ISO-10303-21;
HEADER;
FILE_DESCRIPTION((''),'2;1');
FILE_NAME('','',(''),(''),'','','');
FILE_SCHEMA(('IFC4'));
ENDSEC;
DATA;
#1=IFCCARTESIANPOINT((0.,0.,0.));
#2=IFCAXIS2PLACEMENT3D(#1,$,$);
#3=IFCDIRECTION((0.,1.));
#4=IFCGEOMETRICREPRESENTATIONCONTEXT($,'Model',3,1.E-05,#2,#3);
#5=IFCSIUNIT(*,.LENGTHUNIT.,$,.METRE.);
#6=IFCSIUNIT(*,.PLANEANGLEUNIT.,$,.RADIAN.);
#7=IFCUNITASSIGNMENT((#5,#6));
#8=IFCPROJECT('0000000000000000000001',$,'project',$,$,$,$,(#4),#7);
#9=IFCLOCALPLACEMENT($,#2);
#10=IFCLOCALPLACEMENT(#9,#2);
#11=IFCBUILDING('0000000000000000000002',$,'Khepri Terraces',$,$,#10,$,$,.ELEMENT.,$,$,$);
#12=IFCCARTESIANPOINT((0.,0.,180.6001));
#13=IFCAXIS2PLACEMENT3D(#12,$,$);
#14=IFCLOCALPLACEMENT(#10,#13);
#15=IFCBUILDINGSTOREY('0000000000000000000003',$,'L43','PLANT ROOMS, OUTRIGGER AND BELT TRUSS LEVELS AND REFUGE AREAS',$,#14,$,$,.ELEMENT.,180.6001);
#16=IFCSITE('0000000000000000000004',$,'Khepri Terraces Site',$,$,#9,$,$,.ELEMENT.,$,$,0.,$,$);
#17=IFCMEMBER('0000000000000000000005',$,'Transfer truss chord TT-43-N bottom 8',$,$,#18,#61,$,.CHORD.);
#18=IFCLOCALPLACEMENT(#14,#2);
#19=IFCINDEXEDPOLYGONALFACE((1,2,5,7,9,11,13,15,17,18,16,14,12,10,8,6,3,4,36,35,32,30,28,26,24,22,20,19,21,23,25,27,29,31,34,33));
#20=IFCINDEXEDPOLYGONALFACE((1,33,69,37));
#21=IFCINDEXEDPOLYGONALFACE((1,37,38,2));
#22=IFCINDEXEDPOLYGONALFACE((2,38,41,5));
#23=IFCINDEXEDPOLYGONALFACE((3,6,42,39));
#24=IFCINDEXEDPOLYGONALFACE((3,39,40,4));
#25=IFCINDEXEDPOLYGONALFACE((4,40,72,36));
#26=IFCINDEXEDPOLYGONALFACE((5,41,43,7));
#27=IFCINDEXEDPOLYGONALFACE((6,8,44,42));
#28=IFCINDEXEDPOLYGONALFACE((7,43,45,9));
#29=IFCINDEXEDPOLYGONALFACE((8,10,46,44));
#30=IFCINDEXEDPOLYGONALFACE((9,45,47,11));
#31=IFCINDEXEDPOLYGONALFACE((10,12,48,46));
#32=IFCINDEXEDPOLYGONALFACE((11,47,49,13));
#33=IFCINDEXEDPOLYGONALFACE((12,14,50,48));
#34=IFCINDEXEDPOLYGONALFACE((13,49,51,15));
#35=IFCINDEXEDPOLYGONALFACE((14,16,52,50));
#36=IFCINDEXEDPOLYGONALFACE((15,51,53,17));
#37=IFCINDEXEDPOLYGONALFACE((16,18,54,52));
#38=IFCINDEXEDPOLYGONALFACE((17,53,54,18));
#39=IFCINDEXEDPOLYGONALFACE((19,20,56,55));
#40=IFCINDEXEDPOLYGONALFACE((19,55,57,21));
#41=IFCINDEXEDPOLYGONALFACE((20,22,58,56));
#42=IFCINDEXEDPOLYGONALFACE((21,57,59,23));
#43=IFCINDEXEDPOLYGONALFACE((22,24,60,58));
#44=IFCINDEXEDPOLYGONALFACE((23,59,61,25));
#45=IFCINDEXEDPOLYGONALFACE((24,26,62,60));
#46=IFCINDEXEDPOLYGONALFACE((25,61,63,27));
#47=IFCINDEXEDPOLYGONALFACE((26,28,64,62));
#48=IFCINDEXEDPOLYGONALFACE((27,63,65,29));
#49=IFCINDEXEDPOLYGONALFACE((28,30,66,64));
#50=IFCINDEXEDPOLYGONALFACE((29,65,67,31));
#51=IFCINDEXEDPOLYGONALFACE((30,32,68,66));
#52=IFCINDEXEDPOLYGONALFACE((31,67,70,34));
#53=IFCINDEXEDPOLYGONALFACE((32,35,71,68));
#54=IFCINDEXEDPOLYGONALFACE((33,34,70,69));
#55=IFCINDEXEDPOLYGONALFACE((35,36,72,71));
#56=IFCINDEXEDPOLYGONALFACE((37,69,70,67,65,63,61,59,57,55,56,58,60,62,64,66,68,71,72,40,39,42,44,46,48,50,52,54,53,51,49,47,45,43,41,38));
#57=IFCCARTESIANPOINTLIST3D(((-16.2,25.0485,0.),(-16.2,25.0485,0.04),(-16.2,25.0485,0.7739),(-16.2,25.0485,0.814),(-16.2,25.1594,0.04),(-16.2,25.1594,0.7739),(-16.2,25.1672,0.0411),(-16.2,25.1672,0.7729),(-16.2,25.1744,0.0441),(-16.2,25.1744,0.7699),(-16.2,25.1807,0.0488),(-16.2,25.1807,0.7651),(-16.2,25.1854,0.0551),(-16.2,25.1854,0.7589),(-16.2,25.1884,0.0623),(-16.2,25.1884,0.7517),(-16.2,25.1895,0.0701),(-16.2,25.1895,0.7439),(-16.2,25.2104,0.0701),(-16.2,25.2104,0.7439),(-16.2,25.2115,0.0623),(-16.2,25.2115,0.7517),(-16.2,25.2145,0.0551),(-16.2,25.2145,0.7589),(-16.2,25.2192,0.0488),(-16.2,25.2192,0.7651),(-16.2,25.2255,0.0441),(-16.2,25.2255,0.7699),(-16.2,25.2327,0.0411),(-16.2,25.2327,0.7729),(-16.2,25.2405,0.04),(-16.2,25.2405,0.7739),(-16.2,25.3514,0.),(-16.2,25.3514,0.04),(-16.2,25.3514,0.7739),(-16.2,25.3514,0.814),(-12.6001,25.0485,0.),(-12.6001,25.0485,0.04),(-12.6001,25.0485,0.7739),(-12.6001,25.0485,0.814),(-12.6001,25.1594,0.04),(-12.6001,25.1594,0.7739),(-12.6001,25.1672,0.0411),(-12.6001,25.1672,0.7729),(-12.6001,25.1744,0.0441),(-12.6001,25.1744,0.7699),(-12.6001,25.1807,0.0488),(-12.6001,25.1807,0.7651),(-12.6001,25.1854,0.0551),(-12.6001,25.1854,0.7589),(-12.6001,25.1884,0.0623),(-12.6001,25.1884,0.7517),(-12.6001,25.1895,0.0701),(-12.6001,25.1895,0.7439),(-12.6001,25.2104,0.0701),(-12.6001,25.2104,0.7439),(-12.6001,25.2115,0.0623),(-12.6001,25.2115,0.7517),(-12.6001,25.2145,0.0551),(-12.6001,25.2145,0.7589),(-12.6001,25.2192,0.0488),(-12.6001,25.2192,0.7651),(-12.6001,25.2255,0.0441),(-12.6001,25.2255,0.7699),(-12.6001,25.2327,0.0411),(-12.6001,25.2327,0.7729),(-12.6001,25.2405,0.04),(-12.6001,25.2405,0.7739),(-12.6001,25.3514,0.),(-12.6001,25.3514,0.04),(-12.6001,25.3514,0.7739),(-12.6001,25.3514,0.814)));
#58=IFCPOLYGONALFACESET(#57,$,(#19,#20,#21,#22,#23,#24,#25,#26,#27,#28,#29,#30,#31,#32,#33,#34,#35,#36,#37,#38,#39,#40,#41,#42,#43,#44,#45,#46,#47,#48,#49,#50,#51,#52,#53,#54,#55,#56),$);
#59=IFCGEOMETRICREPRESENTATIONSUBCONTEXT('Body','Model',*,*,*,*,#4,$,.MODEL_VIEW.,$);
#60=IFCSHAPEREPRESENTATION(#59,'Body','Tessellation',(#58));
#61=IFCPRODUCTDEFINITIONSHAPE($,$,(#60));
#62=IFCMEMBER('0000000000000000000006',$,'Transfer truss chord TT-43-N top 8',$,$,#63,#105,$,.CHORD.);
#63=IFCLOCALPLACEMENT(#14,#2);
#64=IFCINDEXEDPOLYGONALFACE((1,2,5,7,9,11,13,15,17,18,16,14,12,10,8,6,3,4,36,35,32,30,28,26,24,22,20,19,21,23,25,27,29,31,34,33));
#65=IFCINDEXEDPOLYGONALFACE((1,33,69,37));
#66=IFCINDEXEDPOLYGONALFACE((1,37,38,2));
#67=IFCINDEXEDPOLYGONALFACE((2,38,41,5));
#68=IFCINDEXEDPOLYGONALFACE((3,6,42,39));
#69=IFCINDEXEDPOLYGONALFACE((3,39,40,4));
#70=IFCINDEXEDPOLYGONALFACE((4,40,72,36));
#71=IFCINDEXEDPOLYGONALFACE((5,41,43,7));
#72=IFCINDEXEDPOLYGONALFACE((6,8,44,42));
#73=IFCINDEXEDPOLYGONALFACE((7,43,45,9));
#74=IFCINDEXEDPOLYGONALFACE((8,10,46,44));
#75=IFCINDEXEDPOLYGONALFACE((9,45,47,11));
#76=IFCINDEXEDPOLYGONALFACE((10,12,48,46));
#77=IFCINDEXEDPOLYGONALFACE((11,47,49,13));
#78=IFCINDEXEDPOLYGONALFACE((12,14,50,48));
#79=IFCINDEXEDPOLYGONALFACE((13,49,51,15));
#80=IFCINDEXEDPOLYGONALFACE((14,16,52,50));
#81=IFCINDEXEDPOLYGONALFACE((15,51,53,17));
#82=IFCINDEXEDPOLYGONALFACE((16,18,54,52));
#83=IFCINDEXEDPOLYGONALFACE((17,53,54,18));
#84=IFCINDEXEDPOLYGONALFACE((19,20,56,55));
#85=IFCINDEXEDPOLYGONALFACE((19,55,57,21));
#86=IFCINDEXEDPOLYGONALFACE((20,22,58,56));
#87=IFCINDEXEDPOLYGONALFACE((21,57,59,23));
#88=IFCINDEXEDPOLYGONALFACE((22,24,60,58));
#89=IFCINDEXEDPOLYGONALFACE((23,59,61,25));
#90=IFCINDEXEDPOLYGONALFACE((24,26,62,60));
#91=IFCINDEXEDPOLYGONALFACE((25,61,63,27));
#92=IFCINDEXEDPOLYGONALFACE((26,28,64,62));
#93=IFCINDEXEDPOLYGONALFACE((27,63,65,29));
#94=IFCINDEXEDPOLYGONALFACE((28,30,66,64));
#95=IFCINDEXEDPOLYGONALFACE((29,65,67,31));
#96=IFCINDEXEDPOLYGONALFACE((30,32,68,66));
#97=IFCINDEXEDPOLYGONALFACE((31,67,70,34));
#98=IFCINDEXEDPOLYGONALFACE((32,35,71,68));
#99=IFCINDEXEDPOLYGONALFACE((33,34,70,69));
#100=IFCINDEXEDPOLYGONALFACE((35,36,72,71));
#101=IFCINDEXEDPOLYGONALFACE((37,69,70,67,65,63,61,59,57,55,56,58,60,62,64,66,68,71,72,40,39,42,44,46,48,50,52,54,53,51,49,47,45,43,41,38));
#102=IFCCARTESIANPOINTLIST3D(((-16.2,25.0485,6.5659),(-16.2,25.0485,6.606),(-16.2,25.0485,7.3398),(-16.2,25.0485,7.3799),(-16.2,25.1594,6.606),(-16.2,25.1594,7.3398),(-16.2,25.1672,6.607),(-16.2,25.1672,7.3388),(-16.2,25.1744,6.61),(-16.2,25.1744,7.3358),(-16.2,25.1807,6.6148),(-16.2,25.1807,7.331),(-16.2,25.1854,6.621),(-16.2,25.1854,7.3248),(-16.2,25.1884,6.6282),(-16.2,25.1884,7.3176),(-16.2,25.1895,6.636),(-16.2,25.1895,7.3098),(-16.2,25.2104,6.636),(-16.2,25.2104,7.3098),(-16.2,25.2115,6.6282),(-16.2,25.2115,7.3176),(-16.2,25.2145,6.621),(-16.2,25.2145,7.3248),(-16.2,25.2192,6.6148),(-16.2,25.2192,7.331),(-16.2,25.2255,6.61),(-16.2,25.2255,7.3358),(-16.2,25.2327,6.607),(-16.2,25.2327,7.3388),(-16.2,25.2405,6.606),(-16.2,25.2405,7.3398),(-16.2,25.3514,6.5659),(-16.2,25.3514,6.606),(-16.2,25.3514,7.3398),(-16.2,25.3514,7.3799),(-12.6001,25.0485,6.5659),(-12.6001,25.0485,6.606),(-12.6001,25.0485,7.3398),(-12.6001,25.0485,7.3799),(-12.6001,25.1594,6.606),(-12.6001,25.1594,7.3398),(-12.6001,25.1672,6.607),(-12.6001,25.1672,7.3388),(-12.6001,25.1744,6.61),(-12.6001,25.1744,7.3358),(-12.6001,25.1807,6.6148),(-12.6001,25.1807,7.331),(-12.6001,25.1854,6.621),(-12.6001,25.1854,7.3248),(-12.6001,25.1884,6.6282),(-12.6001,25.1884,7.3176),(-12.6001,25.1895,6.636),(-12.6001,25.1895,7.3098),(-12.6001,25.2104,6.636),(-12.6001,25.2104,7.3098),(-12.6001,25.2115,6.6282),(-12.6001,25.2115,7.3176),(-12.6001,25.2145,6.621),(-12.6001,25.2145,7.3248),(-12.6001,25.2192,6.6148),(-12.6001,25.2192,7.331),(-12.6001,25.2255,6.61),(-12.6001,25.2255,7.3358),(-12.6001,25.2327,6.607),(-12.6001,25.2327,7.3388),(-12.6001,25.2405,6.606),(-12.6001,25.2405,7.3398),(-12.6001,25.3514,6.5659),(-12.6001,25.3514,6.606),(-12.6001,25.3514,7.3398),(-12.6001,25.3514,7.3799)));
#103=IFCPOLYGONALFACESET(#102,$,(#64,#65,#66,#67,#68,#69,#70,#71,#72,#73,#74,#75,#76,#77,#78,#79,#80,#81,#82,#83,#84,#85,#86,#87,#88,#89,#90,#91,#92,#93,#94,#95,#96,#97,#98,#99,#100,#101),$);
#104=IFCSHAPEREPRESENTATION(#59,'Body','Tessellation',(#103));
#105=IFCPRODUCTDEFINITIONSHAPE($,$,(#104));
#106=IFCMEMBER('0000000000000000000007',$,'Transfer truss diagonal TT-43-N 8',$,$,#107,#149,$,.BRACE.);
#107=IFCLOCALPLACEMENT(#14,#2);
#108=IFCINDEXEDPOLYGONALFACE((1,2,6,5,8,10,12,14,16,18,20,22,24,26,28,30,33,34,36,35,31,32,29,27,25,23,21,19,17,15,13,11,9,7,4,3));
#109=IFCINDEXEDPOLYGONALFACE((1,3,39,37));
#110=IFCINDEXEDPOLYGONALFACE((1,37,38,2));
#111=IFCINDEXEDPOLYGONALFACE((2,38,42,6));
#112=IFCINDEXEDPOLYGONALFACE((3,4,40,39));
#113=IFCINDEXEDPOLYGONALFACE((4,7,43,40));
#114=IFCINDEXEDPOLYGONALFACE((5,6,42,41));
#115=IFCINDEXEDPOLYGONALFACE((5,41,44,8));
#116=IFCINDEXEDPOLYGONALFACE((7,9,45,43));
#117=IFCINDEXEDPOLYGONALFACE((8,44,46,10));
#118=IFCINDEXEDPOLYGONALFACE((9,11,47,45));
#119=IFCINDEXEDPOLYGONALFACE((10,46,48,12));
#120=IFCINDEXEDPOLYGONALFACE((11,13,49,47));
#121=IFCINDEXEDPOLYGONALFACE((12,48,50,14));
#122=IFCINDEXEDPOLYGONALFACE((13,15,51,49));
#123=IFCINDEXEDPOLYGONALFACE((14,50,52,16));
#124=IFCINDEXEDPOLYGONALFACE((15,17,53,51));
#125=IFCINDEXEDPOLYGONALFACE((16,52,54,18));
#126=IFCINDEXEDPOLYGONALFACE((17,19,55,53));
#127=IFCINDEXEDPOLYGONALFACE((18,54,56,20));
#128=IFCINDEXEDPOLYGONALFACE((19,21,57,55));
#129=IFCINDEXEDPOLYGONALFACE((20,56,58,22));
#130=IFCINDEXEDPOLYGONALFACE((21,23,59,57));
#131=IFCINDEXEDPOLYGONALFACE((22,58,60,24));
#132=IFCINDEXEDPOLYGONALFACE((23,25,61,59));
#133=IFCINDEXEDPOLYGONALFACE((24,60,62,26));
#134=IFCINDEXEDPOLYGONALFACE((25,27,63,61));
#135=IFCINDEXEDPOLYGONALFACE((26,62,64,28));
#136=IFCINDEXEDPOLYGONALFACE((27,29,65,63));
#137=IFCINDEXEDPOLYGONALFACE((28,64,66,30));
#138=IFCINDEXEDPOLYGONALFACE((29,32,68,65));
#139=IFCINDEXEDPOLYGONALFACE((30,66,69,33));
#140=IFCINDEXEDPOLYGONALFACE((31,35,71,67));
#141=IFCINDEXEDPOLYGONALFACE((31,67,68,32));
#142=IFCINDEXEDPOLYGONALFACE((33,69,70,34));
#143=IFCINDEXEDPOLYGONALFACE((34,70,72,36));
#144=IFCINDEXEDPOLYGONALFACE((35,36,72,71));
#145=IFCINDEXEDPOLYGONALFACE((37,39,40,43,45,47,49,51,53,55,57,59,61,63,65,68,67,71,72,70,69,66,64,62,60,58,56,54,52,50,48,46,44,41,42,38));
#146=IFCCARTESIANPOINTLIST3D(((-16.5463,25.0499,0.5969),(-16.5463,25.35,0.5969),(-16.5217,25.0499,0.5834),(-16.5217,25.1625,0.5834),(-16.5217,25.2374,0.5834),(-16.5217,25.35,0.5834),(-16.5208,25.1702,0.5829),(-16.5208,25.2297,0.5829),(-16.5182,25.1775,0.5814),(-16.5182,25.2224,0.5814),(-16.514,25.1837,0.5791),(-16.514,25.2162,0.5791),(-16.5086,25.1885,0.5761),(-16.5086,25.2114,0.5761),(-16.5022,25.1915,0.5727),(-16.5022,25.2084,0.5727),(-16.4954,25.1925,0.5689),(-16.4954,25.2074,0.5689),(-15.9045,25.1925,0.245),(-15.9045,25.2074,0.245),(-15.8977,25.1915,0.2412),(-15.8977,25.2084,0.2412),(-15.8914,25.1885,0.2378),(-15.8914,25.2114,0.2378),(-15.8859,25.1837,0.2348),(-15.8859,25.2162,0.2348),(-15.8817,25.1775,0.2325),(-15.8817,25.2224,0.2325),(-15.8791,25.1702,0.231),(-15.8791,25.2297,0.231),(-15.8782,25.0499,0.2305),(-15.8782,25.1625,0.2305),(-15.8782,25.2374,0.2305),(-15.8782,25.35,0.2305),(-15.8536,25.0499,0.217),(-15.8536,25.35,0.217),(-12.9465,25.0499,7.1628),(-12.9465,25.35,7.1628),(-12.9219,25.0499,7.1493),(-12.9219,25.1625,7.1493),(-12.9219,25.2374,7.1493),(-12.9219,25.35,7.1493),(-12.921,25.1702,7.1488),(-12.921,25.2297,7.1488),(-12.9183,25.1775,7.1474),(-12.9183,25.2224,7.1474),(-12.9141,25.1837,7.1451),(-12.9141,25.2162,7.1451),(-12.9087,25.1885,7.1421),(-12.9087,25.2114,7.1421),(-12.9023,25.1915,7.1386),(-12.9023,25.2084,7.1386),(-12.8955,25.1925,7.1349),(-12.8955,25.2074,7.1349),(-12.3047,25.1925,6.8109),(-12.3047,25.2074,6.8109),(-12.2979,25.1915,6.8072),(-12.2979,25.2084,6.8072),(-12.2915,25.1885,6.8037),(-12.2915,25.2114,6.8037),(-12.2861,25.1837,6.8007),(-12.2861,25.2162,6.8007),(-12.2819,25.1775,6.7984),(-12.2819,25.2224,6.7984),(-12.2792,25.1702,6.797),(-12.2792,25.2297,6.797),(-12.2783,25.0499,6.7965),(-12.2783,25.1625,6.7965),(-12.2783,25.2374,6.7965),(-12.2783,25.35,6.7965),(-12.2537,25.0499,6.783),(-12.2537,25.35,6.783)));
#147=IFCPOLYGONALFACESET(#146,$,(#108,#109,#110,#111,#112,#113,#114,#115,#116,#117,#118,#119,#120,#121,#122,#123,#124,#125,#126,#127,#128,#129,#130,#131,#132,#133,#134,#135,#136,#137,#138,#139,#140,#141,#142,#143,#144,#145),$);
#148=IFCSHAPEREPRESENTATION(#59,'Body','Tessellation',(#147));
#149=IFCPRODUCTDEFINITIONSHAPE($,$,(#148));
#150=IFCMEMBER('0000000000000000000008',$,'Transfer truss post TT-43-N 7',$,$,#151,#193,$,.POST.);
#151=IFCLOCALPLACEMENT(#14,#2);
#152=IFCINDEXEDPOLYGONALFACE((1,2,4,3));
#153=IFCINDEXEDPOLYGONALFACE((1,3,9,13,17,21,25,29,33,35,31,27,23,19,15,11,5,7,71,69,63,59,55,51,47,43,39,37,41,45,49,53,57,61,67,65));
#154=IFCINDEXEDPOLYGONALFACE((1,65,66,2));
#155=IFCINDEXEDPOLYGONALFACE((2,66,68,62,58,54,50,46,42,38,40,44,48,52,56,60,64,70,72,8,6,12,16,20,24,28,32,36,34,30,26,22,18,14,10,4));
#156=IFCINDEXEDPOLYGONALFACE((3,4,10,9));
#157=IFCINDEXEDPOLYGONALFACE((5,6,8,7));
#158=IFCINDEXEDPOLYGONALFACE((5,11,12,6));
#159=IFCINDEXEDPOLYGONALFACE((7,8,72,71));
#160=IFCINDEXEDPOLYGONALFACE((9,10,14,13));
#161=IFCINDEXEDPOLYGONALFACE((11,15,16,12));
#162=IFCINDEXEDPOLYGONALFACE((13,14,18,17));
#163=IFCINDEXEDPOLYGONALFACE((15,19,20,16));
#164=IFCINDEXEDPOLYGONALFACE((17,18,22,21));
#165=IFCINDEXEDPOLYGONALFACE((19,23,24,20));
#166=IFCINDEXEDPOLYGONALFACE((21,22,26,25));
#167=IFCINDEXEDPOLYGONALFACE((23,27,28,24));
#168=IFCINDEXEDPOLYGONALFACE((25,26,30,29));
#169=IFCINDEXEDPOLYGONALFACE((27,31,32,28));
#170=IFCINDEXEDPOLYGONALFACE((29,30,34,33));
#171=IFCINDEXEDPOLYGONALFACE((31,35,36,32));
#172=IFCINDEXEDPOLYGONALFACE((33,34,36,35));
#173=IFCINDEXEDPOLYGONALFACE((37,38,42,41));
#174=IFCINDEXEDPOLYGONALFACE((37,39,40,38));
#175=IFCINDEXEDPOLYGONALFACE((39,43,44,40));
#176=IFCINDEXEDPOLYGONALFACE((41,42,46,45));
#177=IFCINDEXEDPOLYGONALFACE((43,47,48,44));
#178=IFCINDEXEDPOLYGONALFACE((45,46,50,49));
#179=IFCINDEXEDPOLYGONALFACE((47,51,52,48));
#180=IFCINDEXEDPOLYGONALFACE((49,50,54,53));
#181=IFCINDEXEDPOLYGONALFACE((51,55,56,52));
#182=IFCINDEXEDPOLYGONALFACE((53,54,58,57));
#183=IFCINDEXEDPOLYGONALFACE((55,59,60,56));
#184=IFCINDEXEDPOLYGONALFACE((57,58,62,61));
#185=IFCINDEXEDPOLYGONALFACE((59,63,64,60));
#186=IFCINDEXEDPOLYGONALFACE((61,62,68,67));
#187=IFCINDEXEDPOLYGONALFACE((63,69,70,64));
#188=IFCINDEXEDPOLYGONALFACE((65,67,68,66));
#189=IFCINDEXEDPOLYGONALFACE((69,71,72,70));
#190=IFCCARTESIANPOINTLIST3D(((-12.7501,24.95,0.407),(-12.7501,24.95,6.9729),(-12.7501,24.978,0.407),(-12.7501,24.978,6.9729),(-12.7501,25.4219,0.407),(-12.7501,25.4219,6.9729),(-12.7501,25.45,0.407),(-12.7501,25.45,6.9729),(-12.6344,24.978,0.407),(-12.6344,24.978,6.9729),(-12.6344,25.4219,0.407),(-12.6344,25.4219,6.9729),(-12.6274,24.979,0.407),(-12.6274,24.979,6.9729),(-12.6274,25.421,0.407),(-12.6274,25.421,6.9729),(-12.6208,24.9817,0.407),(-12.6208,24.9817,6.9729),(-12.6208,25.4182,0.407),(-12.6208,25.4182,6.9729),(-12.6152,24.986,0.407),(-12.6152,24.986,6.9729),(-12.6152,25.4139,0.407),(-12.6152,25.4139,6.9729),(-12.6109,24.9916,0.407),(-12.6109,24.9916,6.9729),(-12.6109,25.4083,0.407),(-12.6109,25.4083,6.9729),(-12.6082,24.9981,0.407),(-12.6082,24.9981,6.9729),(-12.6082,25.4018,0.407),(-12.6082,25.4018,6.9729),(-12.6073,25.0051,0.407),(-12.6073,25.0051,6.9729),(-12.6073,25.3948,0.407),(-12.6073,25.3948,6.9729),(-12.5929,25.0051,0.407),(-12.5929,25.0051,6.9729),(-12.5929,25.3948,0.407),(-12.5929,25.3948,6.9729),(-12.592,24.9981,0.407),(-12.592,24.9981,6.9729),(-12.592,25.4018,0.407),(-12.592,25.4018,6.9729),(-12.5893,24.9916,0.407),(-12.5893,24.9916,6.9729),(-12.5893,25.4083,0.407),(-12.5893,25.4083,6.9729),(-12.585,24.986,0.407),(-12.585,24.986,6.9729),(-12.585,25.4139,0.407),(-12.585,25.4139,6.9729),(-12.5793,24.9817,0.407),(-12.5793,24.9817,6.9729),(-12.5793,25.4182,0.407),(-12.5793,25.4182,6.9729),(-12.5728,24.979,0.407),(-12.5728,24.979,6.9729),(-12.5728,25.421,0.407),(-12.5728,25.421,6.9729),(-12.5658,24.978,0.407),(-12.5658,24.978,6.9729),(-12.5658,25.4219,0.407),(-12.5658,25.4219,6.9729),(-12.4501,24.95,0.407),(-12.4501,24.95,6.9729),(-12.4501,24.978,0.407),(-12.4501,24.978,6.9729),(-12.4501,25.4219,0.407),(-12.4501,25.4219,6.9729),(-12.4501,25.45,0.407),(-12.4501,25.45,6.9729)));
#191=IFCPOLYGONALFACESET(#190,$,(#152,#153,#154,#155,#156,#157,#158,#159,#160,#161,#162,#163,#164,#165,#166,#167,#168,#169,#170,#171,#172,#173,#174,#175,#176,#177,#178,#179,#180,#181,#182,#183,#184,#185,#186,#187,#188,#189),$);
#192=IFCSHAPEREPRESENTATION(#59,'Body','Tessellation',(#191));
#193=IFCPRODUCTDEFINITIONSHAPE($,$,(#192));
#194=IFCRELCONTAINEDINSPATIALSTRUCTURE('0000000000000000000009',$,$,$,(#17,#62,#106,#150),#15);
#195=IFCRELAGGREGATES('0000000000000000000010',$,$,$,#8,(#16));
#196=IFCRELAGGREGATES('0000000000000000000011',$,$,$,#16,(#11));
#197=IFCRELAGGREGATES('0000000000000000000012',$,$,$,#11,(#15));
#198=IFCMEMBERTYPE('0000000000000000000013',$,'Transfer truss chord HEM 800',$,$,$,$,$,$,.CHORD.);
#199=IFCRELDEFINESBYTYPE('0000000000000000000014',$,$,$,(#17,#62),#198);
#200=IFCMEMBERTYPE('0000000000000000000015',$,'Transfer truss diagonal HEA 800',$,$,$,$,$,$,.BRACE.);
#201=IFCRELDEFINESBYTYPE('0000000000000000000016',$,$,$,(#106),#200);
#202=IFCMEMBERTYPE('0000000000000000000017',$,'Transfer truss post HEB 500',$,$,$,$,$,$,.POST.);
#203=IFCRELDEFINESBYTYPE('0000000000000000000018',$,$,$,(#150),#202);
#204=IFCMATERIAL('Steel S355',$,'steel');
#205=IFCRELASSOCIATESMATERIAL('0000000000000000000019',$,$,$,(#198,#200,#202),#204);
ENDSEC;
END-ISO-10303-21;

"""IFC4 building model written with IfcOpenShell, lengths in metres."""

from ifc_helpers import new_model, si_unit, direction, frame, origin, origin_2d, place, context, subcontext, project, spatial, i_section, extrude, material, material_profile, profile_set, type_object, element, save


model = new_model("IFC4")

# Units and contexts
model_context = context("Model", 3, precision=1e-05, world=origin(), true_north=direction((0.0, 1.0)))
body_context = subcontext(model_context, "Body", "Model", "MODEL_VIEW")
ifc_project = project(units=[si_unit("LENGTHUNIT", "METRE"), si_unit("PLANEANGLEUNIT", "RADIAN")], contexts=[model_context])

# Site, building, storey
site_placement = place(None, origin())
site = spatial("IfcSite", under=ifc_project, at=site_placement, Name="Khepri Terraces Site", CompositionType="ELEMENT", RefElevation=0.0)
building_placement = place(site_placement, origin())
building = spatial("IfcBuilding", under=site, at=building_placement, Name="Khepri Terraces", CompositionType="ELEMENT")
storey_placement = place(building_placement, frame((0.0, 0.0, 180.6001)))
storey = spatial("IfcBuildingStorey", under=building, at=storey_placement, Name="L43", Description="PLANT ROOMS, OUTRIGGER AND BELT TRUSS LEVELS AND REFUGE AREAS", CompositionType="ELEMENT", Elevation=180.6001)

# Members
ifc_material_1 = material(Name="Steel S355", Category="steel")
ifc_material_profile_1 = material_profile(ifc_material_1, i_section(OverallWidth=0.303, OverallDepth=0.814, WebThickness=0.021, FlangeThickness=0.04, FilletRadius=0.03, at=origin_2d()), Name="Steel S355", Category="steel")
ifc_profile_set_1 = profile_set([ifc_material_profile_1], Name="Steel S355")
member_type_1 = type_object("IfcMemberType", Name="Transfer truss chord HEM 800", PredefinedType="CHORD", material=ifc_profile_set_1)
for number, where, z_axis, x_axis, name in (
    (1, (-12.6001, 25.2, 0.407), (-1.0, 0.0, 0.0), (0.0, -1.0, 0.0), "Transfer truss chord TT-43-N bottom 8"),
    (2, (-12.6001, 25.2, 6.9729), (-1.0, 0.0, 0.0), (0.0, -1.0, 0.0), "Transfer truss chord TT-43-N top 8"),
):
    element("IfcMember", number, at=place(storey_placement, frame(where, z_axis=z_axis, x_axis=x_axis)), inside=storey, type_object=member_type_1, Name=name, PredefinedType="CHORD", context=body_context, shape_type="SweptSolid", body=[
        extrude(i_section(OverallWidth=0.303, OverallDepth=0.814, WebThickness=0.021, FlangeThickness=0.04, FilletRadius=0.03, at=origin_2d()), origin(), (0.0, 0.0, 1.0), 3.5999),
    ])
ifc_material_profile_2 = material_profile(ifc_material_1, i_section(OverallWidth=0.3, OverallDepth=0.79, WebThickness=0.0149, FlangeThickness=0.0281, FilletRadius=0.03, at=origin_2d()), Name="Steel S355", Category="steel")
ifc_profile_set_2 = profile_set([ifc_material_profile_2], Name="Steel S355")
member_type_2 = type_object("IfcMemberType", Name="Transfer truss diagonal HEA 800", PredefinedType="BRACE", material=ifc_profile_set_2)
member_1_placement = place(storey_placement, frame((-12.6001, 25.2, 6.9729), z_axis=(-0.480749, 0.0, -0.876858), x_axis=(0.0, -1.0, 0.0)))
element("IfcMember", 3, at=member_1_placement, inside=storey, type_object=member_type_2, Name="Transfer truss diagonal TT-43-N 8", PredefinedType="BRACE", context=body_context, shape_type="SweptSolid", body=[
    extrude(i_section(OverallWidth=0.3, OverallDepth=0.79, WebThickness=0.0149, FlangeThickness=0.0281, FilletRadius=0.03, at=origin_2d()), origin(), (0.0, 0.0, 1.0), 7.488),
])
ifc_material_profile_3 = material_profile(ifc_material_1, i_section(OverallWidth=0.3, OverallDepth=0.5, WebThickness=0.0144, FlangeThickness=0.0281, FilletRadius=0.0271, at=origin_2d()), Name="Steel S355", Category="steel")
ifc_profile_set_3 = profile_set([ifc_material_profile_3], Name="Steel S355")
member_type_3 = type_object("IfcMemberType", Name="Transfer truss post HEB 500", PredefinedType="POST", material=ifc_profile_set_3)
member_2_placement = place(storey_placement, frame((-12.6001, 25.2, 0.407), z_axis=(0.0, 0.0, 1.0), x_axis=(1.0, 0.0, 0.0)))
element("IfcMember", 4, at=member_2_placement, inside=storey, type_object=member_type_3, Name="Transfer truss post TT-43-N 7", PredefinedType="POST", context=body_context, shape_type="SweptSolid", body=[
    extrude(i_section(OverallWidth=0.3, OverallDepth=0.5, WebThickness=0.0144, FlangeThickness=0.0281, FilletRadius=0.0271, at=origin_2d()), origin(), (0.0, 0.0, 1.0), 6.5659),
])

save(model, "model.ifc")
